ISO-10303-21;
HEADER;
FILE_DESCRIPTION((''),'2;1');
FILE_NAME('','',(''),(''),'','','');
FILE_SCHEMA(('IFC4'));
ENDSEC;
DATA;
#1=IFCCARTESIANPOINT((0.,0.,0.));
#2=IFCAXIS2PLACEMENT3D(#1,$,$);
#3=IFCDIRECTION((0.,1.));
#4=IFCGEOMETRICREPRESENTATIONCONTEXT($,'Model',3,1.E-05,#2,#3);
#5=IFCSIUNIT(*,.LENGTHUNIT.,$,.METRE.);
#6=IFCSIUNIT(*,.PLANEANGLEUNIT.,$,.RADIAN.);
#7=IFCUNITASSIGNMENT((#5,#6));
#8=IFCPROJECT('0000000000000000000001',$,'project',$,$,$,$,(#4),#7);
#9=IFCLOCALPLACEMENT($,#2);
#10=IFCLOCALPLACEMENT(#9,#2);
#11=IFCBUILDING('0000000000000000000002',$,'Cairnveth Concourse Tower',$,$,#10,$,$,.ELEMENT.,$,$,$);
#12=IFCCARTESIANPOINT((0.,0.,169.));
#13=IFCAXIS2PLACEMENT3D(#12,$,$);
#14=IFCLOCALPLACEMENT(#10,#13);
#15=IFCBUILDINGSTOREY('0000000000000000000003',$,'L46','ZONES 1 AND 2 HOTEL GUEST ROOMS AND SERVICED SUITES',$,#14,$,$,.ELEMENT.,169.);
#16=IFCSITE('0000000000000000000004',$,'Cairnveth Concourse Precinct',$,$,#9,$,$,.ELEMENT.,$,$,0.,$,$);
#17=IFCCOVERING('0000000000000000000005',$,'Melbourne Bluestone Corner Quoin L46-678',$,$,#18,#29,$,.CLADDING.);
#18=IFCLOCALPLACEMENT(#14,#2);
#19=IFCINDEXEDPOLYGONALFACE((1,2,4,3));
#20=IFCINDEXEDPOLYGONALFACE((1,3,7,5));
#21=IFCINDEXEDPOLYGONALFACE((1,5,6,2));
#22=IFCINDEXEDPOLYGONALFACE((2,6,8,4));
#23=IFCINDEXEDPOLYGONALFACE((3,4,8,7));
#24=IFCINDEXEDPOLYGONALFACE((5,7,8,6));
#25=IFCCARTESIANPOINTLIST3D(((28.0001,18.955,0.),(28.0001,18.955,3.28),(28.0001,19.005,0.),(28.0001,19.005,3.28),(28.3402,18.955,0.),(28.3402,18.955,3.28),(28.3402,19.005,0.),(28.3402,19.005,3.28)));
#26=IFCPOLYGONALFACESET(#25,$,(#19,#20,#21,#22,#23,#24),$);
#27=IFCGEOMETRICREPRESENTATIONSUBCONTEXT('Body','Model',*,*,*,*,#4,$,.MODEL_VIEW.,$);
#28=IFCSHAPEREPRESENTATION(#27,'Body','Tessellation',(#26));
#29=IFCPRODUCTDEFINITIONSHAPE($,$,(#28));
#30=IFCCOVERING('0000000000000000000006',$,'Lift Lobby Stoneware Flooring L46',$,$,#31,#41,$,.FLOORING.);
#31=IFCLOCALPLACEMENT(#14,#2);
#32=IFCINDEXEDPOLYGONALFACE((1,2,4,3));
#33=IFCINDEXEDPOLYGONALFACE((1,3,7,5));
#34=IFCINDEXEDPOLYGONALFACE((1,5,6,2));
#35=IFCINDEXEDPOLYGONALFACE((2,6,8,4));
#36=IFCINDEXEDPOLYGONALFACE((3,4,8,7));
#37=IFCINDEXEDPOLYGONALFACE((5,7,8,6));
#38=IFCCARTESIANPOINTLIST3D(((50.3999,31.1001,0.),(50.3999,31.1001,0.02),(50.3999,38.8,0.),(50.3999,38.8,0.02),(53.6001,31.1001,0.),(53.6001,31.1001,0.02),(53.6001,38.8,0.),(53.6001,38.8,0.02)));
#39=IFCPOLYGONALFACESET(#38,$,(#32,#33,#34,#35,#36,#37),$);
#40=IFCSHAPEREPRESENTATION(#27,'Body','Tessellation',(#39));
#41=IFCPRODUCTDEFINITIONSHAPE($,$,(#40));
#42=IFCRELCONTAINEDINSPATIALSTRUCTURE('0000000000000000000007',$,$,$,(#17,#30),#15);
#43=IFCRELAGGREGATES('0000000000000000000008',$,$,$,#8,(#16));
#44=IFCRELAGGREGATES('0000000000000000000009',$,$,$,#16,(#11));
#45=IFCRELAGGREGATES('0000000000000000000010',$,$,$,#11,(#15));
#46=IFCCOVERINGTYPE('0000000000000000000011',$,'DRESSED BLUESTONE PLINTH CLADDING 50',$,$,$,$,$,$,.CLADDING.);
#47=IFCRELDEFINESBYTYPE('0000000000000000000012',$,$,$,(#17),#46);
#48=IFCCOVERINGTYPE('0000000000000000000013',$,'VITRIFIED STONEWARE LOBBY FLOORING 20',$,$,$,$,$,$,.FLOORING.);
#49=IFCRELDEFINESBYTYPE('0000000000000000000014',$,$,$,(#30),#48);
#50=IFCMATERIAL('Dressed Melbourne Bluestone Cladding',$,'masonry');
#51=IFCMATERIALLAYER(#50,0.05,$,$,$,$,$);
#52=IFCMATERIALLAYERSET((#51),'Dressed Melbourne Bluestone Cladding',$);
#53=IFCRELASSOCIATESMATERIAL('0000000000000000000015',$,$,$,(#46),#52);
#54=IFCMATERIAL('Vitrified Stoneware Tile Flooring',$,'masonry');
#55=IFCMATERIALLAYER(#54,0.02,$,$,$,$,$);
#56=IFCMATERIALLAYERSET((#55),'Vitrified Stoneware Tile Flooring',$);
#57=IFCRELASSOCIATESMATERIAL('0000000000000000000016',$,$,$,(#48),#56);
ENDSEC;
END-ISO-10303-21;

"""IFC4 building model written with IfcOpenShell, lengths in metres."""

from ifc_helpers import new_model, si_unit, direction, frame, frame_2d, origin, place, context, subcontext, project, spatial, polyline, rectangle, outline, extrude, material, layer, layer_set, type_object, element, save


model = new_model("IFC4")

# Units and contexts
model_context = context("Model", 3, precision=1e-05, world=origin(), true_north=direction((0.0, 1.0)))
body_context = subcontext(model_context, "Body", "Model", "MODEL_VIEW")
ifc_project = project(units=[si_unit("LENGTHUNIT", "METRE"), si_unit("PLANEANGLEUNIT", "RADIAN")], contexts=[model_context])

# Site, building, storey
site_placement = place(None, origin())
site = spatial("IfcSite", under=ifc_project, at=site_placement, Name="Cairnveth Concourse Precinct", CompositionType="ELEMENT", RefElevation=0.0)
building_placement = place(site_placement, origin())
building = spatial("IfcBuilding", under=site, at=building_placement, Name="Cairnveth Concourse Tower", CompositionType="ELEMENT")
storey_placement = place(building_placement, frame((0.0, 0.0, 169.0)))
storey = spatial("IfcBuildingStorey", under=building, at=storey_placement, Name="L46", Description="ZONES 1 AND 2 HOTEL GUEST ROOMS AND SERVICED SUITES", CompositionType="ELEMENT", Elevation=169.0)

# Coverings
ifc_material_1 = material(Name="Dressed Melbourne Bluestone Cladding", Category="masonry")
ifc_layer_1 = layer(ifc_material_1, 0.05)
ifc_layer_set_1 = layer_set([ifc_layer_1], Name="Dressed Melbourne Bluestone Cladding")
covering_type_1 = type_object("IfcCoveringType", Name="DRESSED BLUESTONE PLINTH CLADDING 50", PredefinedType="CLADDING", material=ifc_layer_set_1)
for number, where, z_axis, x_axis, name in (
    (1, (28.3401, 18.98, 0.0), (0.0, 0.0, 1.0), (-1.0, 0.0, 0.0), "Melbourne Bluestone Corner Quoin L46-678"),
):
    element("IfcCovering", number, at=place(storey_placement, frame(where, z_axis=z_axis, x_axis=x_axis)), inside=storey, type_object=covering_type_1, Name=name, PredefinedType="CLADDING", context=body_context, shape_type="SweptSolid", body=[
        extrude(rectangle(XDim=0.3401, YDim=0.05, at=frame_2d((0.1699, 0.0))), origin(), (0.0, 0.0, 1.0), 3.28),
    ])
ifc_material_2 = material(Name="Vitrified Stoneware Tile Flooring", Category="masonry")
ifc_layer_2 = layer(ifc_material_2, 0.02)
ifc_layer_set_2 = layer_set([ifc_layer_2], Name="Vitrified Stoneware Tile Flooring")
covering_type_2 = type_object("IfcCoveringType", Name="VITRIFIED STONEWARE LOBBY FLOORING 20", PredefinedType="FLOORING", material=ifc_layer_set_2)
covering_1_placement = place(storey_placement, origin())
element("IfcCovering", 2, at=covering_1_placement, inside=storey, type_object=covering_type_2, Name="Lift Lobby Stoneware Flooring L46", PredefinedType="FLOORING", context=body_context, shape_type="SweptSolid", body=[
    extrude(outline(polyline([(50.3999, 31.1001), (53.6001, 31.1001), (53.6001, 38.8), (50.3999, 38.8), (50.3999, 31.1001)])), origin(), (0.0, 0.0, 1.0), 0.02),
])

save(model, "model.ifc")
